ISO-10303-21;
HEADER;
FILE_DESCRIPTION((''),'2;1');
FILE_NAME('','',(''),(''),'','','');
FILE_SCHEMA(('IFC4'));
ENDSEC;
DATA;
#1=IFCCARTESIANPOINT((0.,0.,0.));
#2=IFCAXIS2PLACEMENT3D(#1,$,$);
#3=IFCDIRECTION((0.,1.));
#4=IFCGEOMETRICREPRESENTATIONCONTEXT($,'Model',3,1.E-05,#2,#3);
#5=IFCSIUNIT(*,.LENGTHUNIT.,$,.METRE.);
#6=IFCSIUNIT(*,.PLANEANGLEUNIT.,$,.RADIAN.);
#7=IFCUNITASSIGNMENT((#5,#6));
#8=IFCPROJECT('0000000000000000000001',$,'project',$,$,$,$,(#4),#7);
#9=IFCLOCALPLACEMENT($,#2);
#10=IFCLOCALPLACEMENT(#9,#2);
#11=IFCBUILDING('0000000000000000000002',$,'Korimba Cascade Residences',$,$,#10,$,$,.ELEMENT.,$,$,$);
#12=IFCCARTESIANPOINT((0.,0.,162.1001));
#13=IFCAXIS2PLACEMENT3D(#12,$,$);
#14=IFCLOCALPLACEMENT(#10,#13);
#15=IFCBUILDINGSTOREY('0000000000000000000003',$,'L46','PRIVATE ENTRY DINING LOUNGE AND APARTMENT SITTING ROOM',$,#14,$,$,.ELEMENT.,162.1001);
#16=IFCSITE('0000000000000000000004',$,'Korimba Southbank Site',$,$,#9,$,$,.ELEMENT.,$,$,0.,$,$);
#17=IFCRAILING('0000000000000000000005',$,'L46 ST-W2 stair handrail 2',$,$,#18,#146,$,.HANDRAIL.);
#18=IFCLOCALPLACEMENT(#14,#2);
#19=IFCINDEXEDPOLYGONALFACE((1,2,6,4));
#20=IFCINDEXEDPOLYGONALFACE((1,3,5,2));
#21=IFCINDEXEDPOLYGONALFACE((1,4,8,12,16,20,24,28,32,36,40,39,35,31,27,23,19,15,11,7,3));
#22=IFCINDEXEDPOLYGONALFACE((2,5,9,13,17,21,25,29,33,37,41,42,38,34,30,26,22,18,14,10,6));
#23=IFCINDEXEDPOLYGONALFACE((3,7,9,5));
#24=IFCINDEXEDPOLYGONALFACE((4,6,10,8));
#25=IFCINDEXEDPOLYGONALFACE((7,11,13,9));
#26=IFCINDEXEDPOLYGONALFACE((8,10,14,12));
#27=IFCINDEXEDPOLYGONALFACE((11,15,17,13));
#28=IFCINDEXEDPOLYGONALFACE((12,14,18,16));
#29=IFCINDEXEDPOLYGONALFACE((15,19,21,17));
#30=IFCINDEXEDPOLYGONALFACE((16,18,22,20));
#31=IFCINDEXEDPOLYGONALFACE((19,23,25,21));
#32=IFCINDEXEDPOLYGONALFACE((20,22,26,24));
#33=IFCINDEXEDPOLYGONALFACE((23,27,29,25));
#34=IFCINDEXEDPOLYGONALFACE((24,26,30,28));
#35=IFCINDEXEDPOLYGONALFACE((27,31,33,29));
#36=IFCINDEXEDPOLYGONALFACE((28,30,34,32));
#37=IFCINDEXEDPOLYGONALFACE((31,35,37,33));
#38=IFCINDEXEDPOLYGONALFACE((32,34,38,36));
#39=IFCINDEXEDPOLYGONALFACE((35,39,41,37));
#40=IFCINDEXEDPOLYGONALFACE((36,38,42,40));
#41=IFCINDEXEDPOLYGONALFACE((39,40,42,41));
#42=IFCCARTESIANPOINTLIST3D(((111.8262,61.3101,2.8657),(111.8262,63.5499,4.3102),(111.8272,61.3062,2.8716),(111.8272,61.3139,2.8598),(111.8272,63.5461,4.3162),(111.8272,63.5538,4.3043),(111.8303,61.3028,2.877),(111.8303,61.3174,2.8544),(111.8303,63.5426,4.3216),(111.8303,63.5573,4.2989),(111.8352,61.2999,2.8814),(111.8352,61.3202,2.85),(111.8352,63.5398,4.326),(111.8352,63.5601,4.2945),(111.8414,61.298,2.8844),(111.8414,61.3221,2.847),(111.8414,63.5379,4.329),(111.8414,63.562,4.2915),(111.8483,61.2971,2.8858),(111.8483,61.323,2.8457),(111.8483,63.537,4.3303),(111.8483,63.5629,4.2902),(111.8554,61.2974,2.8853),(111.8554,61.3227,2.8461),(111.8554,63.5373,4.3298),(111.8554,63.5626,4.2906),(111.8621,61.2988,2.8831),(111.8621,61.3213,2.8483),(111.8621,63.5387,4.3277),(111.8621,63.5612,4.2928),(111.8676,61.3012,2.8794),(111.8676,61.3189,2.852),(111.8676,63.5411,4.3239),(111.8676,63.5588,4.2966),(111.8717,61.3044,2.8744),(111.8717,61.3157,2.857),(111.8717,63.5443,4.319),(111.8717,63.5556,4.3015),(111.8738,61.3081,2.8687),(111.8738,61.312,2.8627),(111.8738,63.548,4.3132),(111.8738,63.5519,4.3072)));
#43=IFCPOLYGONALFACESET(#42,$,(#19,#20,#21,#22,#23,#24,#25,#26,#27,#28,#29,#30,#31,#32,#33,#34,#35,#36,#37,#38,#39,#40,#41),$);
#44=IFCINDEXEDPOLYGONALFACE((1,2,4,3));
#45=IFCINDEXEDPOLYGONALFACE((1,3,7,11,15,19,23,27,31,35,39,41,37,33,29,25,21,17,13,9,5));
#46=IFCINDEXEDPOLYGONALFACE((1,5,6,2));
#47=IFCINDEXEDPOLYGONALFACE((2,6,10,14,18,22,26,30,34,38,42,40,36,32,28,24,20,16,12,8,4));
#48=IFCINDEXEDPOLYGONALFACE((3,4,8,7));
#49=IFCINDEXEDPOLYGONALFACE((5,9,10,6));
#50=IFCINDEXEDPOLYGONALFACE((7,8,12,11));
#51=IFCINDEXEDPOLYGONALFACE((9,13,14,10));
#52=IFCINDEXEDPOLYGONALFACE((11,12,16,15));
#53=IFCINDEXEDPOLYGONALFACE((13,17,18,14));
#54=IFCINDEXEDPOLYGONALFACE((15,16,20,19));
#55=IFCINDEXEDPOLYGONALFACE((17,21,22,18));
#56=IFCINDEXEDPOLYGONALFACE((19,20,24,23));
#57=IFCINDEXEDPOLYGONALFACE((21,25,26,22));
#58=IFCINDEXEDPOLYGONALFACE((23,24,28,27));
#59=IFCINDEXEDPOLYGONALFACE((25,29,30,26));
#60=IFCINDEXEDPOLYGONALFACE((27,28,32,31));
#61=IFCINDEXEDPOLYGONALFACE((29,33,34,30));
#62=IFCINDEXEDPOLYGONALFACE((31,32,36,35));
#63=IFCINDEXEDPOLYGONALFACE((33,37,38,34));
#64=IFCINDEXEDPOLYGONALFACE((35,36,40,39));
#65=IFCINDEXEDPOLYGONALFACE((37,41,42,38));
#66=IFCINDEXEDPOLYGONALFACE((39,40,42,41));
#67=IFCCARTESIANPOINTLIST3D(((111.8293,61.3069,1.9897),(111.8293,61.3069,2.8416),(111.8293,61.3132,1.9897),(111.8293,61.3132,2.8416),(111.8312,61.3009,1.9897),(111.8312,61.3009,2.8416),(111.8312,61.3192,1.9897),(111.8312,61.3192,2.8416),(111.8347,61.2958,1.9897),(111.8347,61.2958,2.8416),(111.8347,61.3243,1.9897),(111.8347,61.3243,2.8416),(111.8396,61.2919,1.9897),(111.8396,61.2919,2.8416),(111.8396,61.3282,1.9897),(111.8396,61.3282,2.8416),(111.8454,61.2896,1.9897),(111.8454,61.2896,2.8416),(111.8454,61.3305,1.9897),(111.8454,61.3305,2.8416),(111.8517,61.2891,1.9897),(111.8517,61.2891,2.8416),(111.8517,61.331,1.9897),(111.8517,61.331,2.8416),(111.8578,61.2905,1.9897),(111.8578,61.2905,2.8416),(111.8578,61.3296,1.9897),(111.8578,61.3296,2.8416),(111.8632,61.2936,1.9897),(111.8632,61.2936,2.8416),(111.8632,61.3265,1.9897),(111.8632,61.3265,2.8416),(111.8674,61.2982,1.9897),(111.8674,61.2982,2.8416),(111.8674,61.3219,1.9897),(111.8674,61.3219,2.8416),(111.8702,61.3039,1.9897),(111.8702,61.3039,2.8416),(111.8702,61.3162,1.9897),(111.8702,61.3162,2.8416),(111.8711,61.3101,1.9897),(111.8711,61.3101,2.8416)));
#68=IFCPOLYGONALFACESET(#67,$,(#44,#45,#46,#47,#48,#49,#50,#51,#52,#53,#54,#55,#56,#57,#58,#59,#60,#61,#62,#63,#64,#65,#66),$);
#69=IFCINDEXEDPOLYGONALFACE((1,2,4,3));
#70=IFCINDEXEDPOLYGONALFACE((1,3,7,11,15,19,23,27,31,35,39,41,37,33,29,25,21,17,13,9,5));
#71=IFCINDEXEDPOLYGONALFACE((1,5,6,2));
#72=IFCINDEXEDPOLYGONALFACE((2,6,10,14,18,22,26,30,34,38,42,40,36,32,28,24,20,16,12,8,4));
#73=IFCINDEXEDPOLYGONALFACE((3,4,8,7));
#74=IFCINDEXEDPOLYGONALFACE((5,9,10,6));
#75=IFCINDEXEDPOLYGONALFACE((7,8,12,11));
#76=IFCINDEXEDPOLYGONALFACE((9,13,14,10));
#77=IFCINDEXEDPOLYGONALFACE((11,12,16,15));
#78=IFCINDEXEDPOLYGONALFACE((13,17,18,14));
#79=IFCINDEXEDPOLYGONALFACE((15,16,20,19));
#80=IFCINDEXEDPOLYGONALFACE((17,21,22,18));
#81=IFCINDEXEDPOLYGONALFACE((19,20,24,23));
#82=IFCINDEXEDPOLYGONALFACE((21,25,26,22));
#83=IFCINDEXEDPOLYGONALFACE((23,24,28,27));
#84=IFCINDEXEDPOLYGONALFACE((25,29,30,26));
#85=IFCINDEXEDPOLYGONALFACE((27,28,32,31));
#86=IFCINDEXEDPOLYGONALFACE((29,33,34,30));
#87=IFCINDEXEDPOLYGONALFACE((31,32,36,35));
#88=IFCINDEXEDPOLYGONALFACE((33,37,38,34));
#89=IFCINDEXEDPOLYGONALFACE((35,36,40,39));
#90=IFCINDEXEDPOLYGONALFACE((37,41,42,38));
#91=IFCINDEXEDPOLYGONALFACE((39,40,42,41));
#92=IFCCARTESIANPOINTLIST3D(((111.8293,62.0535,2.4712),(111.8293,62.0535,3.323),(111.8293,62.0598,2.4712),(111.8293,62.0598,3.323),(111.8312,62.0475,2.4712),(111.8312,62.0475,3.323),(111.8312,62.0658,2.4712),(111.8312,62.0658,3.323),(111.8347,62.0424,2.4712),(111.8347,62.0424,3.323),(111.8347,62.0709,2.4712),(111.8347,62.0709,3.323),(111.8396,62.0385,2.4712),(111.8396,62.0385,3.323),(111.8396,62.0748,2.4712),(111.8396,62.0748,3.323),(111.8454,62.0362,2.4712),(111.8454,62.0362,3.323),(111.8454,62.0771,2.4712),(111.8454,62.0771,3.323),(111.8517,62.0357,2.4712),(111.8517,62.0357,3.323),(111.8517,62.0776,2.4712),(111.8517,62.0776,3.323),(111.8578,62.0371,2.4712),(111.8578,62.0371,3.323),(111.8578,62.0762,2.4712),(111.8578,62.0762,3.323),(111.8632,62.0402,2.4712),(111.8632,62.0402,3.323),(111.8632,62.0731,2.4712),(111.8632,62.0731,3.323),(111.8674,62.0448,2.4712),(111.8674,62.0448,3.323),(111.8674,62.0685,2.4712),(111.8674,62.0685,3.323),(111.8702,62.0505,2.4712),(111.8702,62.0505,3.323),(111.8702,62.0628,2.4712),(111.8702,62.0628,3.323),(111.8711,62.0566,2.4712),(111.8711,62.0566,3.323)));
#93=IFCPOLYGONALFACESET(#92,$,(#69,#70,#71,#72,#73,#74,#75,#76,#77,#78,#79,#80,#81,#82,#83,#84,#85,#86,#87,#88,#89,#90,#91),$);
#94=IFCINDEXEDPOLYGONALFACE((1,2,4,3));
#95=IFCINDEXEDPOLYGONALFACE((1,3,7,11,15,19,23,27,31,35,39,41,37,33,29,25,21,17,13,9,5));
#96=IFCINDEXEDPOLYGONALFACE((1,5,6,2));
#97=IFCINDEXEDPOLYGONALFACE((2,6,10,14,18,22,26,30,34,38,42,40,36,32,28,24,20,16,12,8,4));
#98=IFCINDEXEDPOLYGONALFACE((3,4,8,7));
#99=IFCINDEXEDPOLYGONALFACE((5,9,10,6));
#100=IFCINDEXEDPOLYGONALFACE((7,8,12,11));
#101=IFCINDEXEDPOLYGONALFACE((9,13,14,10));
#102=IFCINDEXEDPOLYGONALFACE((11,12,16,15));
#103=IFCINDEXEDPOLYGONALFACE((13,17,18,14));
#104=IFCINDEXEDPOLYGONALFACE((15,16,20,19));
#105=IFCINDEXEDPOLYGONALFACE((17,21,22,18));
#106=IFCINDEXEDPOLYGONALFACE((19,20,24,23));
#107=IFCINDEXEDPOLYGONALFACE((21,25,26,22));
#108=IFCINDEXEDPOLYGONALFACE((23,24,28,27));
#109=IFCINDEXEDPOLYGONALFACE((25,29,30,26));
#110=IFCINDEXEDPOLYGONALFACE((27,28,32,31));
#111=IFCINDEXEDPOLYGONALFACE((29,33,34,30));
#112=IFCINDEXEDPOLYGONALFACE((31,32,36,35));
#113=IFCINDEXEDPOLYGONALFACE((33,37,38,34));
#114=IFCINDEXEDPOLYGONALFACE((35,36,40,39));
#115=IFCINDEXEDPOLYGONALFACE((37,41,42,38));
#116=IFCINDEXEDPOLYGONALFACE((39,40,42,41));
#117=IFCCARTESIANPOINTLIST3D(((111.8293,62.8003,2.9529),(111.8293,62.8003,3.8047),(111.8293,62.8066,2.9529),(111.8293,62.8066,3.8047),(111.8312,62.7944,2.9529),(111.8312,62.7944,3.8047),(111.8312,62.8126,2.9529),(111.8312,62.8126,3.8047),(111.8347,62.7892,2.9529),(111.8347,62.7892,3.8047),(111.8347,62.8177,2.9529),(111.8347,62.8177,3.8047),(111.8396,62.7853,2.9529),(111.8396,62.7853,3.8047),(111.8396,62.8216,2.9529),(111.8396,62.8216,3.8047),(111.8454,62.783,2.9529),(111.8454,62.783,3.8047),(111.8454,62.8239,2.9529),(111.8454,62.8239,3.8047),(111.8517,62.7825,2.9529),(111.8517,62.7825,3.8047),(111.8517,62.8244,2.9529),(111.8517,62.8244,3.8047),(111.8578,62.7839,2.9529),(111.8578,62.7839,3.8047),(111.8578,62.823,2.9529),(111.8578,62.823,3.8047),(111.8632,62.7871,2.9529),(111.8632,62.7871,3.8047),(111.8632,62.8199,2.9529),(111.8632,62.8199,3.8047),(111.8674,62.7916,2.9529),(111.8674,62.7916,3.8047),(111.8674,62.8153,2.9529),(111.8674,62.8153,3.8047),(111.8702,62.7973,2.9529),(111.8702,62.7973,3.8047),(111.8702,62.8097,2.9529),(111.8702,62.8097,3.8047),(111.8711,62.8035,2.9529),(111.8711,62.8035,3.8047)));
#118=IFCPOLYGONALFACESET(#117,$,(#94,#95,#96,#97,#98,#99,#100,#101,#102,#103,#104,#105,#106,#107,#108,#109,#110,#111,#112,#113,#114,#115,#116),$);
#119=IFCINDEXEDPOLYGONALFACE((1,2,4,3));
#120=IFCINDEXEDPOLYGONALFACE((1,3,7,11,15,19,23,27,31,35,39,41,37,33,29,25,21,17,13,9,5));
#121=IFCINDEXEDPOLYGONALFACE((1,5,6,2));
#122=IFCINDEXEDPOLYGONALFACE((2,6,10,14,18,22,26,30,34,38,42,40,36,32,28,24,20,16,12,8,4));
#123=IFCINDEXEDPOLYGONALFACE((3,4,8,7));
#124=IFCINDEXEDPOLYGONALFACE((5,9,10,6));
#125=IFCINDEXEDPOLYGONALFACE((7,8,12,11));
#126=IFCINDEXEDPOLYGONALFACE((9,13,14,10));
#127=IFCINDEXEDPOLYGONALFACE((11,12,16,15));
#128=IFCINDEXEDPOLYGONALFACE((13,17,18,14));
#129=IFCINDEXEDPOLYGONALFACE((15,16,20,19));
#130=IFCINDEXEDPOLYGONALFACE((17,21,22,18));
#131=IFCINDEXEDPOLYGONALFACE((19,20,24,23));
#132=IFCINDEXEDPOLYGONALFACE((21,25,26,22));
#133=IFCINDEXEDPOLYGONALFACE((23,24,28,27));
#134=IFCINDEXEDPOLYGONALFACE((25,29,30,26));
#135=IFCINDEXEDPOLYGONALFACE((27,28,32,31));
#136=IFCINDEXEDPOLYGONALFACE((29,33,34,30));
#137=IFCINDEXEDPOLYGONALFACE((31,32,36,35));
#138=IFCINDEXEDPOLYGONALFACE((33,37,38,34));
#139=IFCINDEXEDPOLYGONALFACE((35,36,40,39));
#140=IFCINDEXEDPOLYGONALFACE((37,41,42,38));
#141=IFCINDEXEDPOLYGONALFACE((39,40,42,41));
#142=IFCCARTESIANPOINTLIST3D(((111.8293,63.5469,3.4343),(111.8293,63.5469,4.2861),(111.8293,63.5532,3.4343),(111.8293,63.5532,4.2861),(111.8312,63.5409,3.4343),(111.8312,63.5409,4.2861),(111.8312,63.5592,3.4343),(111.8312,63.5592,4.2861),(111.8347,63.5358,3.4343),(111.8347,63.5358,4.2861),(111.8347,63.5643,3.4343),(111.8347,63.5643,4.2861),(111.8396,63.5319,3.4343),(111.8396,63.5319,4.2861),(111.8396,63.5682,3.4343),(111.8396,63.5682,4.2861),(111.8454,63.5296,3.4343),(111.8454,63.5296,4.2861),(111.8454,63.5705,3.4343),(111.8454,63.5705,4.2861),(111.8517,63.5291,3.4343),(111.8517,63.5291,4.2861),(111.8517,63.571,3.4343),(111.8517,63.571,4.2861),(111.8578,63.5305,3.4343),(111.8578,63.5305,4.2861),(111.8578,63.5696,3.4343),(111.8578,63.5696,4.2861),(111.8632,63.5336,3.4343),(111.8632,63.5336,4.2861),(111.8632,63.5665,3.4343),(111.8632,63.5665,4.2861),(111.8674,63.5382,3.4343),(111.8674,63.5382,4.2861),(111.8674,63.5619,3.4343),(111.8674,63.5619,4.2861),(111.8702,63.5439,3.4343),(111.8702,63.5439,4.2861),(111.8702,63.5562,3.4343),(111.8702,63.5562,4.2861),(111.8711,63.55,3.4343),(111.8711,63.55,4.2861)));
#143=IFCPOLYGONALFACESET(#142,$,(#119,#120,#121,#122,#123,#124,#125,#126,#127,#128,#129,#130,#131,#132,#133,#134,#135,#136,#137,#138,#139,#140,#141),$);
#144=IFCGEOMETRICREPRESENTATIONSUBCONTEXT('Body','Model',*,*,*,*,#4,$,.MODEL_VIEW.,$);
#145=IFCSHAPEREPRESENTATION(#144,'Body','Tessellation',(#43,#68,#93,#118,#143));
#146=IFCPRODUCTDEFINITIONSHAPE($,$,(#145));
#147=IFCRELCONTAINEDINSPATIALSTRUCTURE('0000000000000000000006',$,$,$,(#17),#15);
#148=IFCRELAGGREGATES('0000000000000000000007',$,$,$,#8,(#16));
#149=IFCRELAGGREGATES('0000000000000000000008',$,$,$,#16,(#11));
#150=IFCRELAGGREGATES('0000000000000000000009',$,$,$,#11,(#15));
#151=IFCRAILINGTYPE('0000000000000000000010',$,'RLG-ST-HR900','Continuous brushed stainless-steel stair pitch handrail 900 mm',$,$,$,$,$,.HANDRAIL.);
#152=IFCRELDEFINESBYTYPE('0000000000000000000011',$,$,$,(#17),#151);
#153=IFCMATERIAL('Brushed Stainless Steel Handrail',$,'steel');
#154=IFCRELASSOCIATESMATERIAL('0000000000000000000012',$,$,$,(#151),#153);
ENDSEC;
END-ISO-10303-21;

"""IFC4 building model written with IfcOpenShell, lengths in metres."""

from ifc_helpers import new_model, si_unit, direction, frame, origin, origin_2d, place, context, subcontext, project, spatial, circle, extrude, material, type_object, element, save


model = new_model("IFC4")

# Units and contexts
model_context = context("Model", 3, precision=1e-05, world=origin(), true_north=direction((0.0, 1.0)))
body_context = subcontext(model_context, "Body", "Model", "MODEL_VIEW")
ifc_project = project(units=[si_unit("LENGTHUNIT", "METRE"), si_unit("PLANEANGLEUNIT", "RADIAN")], contexts=[model_context])

# Site, building, storey
site_placement = place(None, origin())
site = spatial("IfcSite", under=ifc_project, at=site_placement, Name="Korimba Southbank Site", CompositionType="ELEMENT", RefElevation=0.0)
building_placement = place(site_placement, origin())
building = spatial("IfcBuilding", under=site, at=building_placement, Name="Korimba Cascade Residences", CompositionType="ELEMENT")
storey_placement = place(building_placement, frame((0.0, 0.0, 162.1001)))
storey = spatial("IfcBuildingStorey", under=building, at=storey_placement, Name="L46", Description="PRIVATE ENTRY DINING LOUNGE AND APARTMENT SITTING ROOM", CompositionType="ELEMENT", Elevation=162.1001)

# Railing
ifc_material_1 = material(Name="Brushed Stainless Steel Handrail", Category="steel")
railing_type_1 = type_object("IfcRailingType", Name="RLG-ST-HR900", Description="Continuous brushed stainless-steel stair pitch handrail 900 mm", PredefinedType="HANDRAIL", material=ifc_material_1)
railing_1_placement = place(storey_placement, frame((111.8501, 61.3101, 1.9897)))
element("IfcRailing", 1, at=railing_1_placement, inside=storey, type_object=railing_type_1, Name="L46 ST-W2 stair handrail 2", PredefinedType="HANDRAIL", context=body_context, shape_type="SweptSolid", body=[
    extrude(circle(Radius=0.0239, at=origin_2d()), frame((0.0, 0.0, 0.876), z_axis=(0.0, 0.840395, 0.541975), x_axis=(-1.0, 0.0, 0.0)), (0.0, 0.0, 1.0), 2.6653),
    extrude(circle(Radius=0.021, at=origin_2d()), origin(), (0.0, 0.0, 1.0), 0.8518),
    extrude(circle(Radius=0.021, at=origin_2d()), frame((0.0, 0.7466, 0.4814)), (0.0, 0.0, 1.0), 0.8518),
    extrude(circle(Radius=0.021, at=origin_2d()), frame((0.0, 1.4934, 0.9631)), (0.0, 0.0, 1.0), 0.8518),
    extrude(circle(Radius=0.021, at=origin_2d()), frame((0.0, 2.24, 1.4446)), (0.0, 0.0, 1.0), 0.8518),
])

save(model, "model.ifc")
